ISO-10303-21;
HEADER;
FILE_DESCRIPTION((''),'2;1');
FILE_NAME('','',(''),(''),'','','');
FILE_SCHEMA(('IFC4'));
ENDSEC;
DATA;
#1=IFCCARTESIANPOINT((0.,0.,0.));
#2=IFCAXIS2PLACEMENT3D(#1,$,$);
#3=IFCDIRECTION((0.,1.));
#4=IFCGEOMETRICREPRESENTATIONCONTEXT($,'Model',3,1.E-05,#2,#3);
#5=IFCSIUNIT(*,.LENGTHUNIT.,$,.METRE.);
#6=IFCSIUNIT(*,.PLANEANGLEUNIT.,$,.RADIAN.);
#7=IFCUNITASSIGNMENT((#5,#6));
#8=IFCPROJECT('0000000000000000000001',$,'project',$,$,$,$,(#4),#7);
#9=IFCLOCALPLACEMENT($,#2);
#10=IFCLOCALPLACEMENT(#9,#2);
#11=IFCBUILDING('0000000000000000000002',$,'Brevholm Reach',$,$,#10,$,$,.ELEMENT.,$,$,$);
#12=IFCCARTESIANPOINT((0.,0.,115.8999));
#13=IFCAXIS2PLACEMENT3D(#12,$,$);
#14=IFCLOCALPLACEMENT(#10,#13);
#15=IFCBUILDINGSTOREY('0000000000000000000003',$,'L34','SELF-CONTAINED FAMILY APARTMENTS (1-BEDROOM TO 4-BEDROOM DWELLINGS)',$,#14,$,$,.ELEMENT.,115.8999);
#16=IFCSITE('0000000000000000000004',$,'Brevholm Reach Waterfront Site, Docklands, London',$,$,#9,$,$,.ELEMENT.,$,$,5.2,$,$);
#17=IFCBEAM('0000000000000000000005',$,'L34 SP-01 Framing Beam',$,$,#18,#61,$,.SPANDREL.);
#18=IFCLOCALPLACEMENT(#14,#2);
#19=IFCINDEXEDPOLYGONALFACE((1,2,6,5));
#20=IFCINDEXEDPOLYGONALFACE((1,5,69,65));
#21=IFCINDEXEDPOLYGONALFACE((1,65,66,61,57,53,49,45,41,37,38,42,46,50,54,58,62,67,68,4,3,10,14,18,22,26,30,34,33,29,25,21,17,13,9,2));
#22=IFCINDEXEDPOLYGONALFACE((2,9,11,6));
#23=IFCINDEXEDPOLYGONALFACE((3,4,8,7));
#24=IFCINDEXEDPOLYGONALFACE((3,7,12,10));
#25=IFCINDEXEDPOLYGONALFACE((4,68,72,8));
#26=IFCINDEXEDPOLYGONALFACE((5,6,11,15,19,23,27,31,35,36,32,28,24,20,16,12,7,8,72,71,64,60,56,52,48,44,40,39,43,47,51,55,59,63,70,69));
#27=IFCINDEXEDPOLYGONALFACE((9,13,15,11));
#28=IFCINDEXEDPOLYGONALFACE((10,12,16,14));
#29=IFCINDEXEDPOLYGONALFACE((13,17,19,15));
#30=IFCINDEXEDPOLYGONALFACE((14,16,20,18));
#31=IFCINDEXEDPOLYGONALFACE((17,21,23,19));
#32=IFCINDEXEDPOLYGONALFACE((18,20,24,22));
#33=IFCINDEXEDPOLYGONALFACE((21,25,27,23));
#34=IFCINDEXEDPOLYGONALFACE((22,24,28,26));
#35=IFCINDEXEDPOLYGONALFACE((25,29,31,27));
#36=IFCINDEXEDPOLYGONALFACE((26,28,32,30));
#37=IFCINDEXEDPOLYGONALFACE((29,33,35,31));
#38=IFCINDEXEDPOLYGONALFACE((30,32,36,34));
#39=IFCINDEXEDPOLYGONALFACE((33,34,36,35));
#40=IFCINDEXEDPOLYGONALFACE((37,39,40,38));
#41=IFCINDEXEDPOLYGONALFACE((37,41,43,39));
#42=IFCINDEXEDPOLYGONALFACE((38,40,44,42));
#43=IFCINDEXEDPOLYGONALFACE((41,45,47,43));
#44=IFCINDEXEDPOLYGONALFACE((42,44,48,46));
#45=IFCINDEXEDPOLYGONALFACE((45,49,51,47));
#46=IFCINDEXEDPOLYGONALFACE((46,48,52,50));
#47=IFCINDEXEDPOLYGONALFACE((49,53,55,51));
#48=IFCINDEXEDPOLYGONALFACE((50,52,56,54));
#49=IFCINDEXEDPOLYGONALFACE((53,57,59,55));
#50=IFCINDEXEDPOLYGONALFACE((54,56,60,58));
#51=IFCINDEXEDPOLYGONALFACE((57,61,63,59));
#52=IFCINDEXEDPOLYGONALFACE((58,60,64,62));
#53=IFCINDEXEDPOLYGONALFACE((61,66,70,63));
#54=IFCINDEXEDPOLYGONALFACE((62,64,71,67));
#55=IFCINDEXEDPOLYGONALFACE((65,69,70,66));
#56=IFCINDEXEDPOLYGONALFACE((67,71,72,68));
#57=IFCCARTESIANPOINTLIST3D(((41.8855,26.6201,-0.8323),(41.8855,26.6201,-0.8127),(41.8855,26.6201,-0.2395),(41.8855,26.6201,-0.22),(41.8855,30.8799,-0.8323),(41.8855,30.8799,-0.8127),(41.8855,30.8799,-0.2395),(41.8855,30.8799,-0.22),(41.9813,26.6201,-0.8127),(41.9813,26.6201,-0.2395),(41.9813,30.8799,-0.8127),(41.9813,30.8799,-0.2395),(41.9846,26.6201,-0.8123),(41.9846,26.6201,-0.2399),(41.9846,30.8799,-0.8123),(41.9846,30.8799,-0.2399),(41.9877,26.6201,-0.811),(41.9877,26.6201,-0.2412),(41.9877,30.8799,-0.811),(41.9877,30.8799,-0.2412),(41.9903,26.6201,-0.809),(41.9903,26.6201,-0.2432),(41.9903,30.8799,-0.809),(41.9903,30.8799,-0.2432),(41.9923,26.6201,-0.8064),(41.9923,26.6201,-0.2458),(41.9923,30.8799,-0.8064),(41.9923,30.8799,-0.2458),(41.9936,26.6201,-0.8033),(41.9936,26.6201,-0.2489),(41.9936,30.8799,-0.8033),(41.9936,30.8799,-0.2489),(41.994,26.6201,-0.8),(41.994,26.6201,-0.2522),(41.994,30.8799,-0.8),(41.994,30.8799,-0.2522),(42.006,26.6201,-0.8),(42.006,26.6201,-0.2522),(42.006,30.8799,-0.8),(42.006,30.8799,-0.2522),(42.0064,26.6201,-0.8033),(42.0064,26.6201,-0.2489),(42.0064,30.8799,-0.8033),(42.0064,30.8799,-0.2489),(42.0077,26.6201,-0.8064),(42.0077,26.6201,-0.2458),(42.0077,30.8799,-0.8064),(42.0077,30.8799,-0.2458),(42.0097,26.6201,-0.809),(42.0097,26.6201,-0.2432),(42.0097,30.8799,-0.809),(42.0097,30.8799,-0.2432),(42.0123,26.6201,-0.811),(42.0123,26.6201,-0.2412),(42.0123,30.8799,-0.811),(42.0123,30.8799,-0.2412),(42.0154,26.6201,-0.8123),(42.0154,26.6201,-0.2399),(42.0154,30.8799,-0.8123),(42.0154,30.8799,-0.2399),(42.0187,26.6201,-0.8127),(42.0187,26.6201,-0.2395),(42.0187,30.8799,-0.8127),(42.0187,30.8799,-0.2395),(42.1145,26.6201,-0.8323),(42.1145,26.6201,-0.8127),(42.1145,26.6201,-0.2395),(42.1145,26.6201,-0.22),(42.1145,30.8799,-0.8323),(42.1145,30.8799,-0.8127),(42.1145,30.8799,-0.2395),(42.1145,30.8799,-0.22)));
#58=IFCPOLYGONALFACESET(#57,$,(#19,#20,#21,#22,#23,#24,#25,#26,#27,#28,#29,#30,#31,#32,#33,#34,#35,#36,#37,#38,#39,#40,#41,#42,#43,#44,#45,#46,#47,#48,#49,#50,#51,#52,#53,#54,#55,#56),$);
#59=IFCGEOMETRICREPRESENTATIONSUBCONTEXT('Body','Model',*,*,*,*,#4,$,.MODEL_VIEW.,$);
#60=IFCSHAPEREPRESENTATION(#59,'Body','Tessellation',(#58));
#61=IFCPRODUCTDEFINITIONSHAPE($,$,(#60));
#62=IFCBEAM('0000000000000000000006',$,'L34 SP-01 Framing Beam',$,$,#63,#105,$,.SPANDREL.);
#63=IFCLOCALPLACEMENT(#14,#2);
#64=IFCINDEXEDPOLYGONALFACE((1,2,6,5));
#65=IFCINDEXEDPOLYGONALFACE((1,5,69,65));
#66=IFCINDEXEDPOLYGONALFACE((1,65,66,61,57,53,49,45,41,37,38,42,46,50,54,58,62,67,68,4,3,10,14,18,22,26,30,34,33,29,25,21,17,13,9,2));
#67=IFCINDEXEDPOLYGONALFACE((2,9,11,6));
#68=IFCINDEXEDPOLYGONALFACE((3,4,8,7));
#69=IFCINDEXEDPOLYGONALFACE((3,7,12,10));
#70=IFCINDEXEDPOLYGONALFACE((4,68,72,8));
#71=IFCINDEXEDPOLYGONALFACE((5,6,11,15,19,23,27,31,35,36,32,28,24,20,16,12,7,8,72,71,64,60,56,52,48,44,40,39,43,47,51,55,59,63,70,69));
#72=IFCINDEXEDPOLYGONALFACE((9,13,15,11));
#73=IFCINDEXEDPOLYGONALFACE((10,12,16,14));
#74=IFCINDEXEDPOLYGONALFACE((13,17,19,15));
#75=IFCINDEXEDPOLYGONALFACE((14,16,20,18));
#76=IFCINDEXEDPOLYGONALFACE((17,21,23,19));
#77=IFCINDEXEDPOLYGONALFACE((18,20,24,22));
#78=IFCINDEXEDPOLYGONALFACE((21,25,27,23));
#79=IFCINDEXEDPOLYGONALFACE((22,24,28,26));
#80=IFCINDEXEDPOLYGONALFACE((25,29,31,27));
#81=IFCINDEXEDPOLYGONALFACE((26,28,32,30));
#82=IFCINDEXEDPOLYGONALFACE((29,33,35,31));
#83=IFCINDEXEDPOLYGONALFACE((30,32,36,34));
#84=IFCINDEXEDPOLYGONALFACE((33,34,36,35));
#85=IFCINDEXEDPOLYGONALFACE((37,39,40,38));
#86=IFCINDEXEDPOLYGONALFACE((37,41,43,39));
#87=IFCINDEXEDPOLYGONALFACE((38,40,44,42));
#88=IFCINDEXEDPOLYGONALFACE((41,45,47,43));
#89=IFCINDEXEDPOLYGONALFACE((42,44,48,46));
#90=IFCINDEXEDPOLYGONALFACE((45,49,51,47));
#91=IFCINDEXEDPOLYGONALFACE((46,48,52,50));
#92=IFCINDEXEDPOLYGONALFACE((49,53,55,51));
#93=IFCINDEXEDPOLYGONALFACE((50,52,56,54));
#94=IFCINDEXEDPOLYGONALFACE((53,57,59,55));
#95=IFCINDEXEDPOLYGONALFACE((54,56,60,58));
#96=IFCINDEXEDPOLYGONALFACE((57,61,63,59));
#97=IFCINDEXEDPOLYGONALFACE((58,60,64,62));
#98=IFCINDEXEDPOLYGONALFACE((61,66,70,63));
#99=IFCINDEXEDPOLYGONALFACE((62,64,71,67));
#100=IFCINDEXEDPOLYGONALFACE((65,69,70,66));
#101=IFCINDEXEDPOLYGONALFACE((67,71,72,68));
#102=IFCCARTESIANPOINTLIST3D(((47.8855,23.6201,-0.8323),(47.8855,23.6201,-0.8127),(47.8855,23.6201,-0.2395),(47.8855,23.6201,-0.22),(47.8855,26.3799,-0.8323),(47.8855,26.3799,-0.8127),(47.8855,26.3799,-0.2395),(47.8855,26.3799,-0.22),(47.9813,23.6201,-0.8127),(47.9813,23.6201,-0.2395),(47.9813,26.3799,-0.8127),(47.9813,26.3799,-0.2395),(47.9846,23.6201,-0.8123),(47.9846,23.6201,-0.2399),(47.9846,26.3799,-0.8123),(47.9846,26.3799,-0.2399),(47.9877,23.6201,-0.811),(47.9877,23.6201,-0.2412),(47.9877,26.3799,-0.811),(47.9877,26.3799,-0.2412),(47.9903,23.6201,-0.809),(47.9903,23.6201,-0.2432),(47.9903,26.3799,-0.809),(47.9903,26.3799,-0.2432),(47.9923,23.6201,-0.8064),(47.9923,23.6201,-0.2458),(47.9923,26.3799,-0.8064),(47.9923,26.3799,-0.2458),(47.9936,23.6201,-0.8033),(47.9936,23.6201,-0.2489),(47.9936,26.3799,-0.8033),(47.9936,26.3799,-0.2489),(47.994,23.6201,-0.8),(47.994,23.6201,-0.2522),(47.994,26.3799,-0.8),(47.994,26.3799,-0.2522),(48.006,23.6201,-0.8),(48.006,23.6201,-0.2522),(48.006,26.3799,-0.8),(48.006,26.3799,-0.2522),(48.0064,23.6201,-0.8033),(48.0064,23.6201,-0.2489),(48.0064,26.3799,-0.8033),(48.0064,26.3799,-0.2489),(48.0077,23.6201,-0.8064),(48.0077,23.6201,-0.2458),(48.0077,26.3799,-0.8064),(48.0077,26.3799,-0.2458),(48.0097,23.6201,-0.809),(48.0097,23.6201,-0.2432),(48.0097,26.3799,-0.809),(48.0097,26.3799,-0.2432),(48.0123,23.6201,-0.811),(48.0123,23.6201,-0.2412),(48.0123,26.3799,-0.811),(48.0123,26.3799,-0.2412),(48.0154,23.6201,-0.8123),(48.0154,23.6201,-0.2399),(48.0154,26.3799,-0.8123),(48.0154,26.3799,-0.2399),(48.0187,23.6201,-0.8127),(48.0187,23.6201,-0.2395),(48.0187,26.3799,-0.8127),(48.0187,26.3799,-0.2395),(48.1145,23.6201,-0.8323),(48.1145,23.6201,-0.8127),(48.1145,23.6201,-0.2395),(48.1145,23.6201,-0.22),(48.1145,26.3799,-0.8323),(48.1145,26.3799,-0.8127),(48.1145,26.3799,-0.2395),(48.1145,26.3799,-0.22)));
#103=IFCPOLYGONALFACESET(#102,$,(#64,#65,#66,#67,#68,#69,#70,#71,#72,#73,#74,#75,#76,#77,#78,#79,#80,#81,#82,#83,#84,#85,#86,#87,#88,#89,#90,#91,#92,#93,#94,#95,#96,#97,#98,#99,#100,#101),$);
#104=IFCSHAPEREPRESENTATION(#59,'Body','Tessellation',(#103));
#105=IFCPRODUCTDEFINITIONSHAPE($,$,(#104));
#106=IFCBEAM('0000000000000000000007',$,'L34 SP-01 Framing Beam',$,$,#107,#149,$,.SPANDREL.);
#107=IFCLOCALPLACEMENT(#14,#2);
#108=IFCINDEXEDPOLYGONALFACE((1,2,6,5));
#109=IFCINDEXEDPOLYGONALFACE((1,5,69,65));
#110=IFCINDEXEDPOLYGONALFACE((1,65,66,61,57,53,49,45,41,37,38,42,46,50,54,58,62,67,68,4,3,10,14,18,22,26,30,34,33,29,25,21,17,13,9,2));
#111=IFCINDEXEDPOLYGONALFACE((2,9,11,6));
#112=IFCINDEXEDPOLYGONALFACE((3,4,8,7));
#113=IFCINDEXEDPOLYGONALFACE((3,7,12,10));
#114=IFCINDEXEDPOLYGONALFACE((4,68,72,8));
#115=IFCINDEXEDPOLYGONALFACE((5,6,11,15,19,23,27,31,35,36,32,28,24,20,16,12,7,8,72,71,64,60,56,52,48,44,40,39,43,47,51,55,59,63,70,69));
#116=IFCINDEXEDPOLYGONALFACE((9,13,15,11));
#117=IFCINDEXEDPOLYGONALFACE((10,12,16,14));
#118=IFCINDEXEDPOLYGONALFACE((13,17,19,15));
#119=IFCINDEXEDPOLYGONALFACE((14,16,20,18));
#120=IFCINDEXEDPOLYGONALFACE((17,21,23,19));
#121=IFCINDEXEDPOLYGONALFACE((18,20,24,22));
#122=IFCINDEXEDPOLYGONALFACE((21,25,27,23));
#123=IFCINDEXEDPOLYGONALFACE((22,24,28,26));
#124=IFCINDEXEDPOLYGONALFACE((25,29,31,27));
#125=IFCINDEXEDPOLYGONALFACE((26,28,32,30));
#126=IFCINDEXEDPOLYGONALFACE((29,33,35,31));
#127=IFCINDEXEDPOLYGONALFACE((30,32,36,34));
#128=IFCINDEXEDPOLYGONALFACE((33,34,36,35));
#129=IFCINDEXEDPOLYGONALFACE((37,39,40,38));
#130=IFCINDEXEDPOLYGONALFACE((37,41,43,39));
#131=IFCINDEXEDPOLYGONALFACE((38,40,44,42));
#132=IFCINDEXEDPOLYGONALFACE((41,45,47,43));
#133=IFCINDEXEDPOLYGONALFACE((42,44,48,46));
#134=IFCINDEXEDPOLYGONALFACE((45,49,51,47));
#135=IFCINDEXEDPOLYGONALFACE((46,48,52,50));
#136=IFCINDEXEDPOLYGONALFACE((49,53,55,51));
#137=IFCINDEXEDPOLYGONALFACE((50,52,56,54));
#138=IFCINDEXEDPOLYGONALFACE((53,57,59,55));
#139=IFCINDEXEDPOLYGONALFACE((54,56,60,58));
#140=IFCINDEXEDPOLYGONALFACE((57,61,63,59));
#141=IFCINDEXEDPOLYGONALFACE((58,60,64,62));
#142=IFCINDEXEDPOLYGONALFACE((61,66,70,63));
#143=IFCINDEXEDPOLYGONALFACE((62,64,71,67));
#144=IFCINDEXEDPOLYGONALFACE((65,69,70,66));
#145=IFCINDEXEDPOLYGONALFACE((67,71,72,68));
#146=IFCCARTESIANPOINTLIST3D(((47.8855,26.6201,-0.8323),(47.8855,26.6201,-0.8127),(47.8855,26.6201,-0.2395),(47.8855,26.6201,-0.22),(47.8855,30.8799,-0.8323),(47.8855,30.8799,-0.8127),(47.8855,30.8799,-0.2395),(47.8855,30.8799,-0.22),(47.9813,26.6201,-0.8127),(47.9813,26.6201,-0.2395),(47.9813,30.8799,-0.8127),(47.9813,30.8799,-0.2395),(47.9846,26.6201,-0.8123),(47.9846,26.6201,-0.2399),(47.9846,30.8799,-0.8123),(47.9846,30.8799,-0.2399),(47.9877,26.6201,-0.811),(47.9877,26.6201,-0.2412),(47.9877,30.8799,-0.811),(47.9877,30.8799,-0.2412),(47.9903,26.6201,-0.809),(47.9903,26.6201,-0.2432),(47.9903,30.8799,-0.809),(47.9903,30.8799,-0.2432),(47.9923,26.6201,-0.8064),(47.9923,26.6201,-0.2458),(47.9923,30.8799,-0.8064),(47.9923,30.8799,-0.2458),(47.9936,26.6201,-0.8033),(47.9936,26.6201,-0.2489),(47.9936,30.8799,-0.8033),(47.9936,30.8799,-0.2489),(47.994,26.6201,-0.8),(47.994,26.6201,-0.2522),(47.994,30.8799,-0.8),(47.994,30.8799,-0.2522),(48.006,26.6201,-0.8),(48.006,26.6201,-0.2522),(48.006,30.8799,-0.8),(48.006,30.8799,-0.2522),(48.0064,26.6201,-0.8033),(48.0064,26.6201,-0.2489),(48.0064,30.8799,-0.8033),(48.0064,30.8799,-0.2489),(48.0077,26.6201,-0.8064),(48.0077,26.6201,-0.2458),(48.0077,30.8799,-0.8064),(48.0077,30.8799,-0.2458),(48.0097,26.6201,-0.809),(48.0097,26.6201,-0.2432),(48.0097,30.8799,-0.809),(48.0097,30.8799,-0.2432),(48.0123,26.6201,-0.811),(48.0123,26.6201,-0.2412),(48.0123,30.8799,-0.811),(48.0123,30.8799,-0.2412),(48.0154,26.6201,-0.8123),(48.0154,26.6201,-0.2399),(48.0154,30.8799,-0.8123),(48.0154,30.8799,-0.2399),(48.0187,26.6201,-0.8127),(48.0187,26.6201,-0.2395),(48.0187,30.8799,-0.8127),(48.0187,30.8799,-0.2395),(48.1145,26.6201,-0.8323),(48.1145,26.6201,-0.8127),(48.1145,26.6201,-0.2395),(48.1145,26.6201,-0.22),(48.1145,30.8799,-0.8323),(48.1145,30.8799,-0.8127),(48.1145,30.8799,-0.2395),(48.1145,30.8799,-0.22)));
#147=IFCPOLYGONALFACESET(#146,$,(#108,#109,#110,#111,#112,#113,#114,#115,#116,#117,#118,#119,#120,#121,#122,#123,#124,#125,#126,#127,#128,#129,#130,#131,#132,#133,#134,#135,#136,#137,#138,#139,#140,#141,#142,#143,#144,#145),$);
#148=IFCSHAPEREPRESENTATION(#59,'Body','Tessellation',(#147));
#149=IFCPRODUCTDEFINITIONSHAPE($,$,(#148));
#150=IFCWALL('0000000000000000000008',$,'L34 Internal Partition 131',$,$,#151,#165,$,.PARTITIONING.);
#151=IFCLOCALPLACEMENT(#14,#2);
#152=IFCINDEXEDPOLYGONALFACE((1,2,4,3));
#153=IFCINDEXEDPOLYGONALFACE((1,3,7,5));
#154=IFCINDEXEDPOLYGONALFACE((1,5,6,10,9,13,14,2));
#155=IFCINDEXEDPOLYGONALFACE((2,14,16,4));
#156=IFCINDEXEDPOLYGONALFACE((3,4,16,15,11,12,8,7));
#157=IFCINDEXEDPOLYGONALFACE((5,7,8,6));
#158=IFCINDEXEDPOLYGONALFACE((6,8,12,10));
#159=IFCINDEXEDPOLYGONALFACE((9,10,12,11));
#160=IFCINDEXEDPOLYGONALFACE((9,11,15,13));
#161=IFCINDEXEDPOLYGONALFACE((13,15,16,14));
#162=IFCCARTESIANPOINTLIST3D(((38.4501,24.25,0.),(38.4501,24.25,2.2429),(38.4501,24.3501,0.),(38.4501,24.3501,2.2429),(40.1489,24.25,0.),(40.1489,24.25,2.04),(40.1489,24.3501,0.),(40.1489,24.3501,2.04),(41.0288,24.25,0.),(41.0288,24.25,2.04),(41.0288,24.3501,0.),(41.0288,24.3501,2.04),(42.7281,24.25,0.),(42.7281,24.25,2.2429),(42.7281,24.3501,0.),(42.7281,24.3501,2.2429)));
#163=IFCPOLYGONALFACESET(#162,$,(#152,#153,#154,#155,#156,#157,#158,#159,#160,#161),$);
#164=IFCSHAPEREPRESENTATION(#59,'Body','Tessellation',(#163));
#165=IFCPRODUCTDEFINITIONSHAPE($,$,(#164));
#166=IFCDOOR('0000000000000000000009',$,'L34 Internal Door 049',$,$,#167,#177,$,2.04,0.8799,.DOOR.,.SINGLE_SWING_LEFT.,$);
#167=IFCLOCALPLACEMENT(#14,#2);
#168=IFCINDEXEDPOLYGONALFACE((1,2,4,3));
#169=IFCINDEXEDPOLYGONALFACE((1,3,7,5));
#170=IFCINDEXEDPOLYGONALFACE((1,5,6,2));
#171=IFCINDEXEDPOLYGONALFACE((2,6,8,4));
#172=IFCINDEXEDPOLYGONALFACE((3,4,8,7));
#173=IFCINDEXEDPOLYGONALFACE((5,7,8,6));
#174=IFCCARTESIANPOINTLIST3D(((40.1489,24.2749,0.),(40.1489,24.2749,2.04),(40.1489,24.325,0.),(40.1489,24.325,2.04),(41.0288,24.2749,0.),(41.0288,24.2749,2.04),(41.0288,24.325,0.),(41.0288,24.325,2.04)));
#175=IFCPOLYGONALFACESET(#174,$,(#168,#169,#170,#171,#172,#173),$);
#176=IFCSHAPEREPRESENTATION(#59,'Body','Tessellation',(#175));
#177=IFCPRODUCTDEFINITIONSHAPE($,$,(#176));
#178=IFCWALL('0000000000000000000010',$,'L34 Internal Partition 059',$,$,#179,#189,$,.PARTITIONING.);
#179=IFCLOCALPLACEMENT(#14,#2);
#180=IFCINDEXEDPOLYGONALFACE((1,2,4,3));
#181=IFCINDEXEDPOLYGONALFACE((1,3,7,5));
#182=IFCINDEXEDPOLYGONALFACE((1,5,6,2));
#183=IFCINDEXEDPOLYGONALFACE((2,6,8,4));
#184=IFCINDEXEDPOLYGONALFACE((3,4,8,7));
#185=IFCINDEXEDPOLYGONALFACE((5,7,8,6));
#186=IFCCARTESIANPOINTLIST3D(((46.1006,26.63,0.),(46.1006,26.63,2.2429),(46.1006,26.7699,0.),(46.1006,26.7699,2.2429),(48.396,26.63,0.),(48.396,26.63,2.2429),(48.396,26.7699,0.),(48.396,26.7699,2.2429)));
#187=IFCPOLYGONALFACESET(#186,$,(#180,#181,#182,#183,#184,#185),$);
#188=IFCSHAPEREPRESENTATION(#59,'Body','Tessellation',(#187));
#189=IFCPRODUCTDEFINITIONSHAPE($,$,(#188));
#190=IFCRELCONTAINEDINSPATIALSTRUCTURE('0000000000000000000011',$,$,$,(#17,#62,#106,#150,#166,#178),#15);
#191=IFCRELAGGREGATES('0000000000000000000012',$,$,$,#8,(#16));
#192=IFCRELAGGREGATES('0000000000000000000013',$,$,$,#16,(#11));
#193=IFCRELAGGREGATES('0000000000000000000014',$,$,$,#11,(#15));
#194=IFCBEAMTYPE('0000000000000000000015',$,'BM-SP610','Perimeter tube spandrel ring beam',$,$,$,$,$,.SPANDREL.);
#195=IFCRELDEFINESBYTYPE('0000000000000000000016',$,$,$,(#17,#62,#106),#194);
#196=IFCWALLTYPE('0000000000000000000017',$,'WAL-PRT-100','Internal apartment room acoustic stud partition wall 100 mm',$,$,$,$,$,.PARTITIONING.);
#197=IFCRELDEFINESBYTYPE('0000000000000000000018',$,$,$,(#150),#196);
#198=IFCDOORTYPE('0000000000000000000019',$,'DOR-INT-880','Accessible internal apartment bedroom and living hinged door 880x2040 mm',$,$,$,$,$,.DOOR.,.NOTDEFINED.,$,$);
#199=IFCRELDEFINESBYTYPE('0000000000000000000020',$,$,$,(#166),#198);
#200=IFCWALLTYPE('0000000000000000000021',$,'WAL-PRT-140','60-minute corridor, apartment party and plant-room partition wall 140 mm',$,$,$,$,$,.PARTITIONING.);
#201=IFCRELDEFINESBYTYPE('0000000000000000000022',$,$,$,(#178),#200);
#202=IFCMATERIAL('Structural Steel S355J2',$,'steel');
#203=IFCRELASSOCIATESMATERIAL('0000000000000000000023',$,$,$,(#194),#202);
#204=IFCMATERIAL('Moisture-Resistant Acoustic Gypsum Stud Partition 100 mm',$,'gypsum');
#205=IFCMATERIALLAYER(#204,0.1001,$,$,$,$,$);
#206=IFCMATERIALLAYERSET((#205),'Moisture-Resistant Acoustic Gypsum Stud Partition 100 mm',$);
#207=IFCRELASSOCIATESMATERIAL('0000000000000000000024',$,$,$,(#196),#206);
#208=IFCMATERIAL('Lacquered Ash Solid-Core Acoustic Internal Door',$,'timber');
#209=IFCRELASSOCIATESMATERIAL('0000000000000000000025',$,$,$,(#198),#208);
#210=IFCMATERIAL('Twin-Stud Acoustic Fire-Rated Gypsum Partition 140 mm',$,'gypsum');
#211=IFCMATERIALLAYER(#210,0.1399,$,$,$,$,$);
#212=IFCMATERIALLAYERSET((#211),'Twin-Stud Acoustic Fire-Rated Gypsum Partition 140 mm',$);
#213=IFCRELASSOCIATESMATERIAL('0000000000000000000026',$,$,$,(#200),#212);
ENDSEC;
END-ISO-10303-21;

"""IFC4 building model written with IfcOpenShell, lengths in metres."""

from ifc_helpers import new_model, si_unit, direction, frame, frame_2d, origin, origin_2d, place, context, subcontext, project, spatial, rectangle, i_section, extrude, material, layer, layer_set, material_profile, profile_set, type_object, element, fill, save


model = new_model("IFC4")

# Units and contexts
model_context = context("Model", 3, precision=1e-05, world=origin(), true_north=direction((0.0, 1.0)))
body_context = subcontext(model_context, "Body", "Model", "MODEL_VIEW")
ifc_project = project(units=[si_unit("LENGTHUNIT", "METRE"), si_unit("PLANEANGLEUNIT", "RADIAN")], contexts=[model_context])

# Site, building, storey
site_placement = place(None, origin())
site = spatial("IfcSite", under=ifc_project, at=site_placement, Name="Brevholm Reach Waterfront Site, Docklands, London", CompositionType="ELEMENT", RefElevation=5.2)
building_placement = place(site_placement, origin())
building = spatial("IfcBuilding", under=site, at=building_placement, Name="Brevholm Reach", CompositionType="ELEMENT")
storey_placement = place(building_placement, frame((0.0, 0.0, 115.8999)))
storey = spatial("IfcBuildingStorey", under=building, at=storey_placement, Name="L34", Description="SELF-CONTAINED FAMILY APARTMENTS (1-BEDROOM TO 4-BEDROOM DWELLINGS)", CompositionType="ELEMENT", Elevation=115.8999)

# Beams
ifc_material_1 = material(Name="Structural Steel S355J2", Category="steel")
ifc_material_profile_1 = material_profile(ifc_material_1, i_section(OverallWidth=0.229, OverallDepth=0.6123, WebThickness=0.012, FlangeThickness=0.0195, FilletRadius=0.0127, at=origin_2d()), Name="UKB 610x229x125")
ifc_profile_set_1 = profile_set([ifc_material_profile_1], Name="Structural Steel S355J2")
beam_type_1 = type_object("IfcBeamType", Name="BM-SP610", Description="Perimeter tube spandrel ring beam", PredefinedType="SPANDREL", material=ifc_profile_set_1)
beam_1_placement = place(storey_placement, frame((42.0, 26.6201, -0.5261), z_axis=(0.0, 1.0, 0.0), x_axis=(-1.0, 0.0, 0.0)))
element("IfcBeam", 1, at=beam_1_placement, inside=storey, type_object=beam_type_1, Name="L34 SP-01 Framing Beam", PredefinedType="SPANDREL", context=body_context, shape_type="SweptSolid", body=[
    extrude(i_section(OverallWidth=0.229, OverallDepth=0.6123, WebThickness=0.012, FlangeThickness=0.0195, FilletRadius=0.0127, at=origin_2d()), origin(), (0.0, 0.0, 1.0), 4.2598),
])
beam_2_placement = place(storey_placement, frame((48.0, 23.6201, -0.5261), z_axis=(0.0, 1.0, 0.0), x_axis=(-1.0, 0.0, 0.0)))
element("IfcBeam", 2, at=beam_2_placement, inside=storey, type_object=beam_type_1, Name="L34 SP-01 Framing Beam", PredefinedType="SPANDREL", context=body_context, shape_type="SweptSolid", body=[
    extrude(i_section(OverallWidth=0.229, OverallDepth=0.6123, WebThickness=0.012, FlangeThickness=0.0195, FilletRadius=0.0127, at=origin_2d()), origin(), (0.0, 0.0, 1.0), 2.7598),
])
beam_3_placement = place(storey_placement, frame((48.0, 26.6201, -0.5261), z_axis=(0.0, 1.0, 0.0), x_axis=(-1.0, 0.0, 0.0)))
element("IfcBeam", 3, at=beam_3_placement, inside=storey, type_object=beam_type_1, Name="L34 SP-01 Framing Beam", PredefinedType="SPANDREL", context=body_context, shape_type="SweptSolid", body=[
    extrude(i_section(OverallWidth=0.229, OverallDepth=0.6123, WebThickness=0.012, FlangeThickness=0.0195, FilletRadius=0.0127, at=origin_2d()), origin(), (0.0, 0.0, 1.0), 4.2598),
])

# Wall, opening, door
ifc_material_2 = material(Name="Moisture-Resistant Acoustic Gypsum Stud Partition 100 mm", Category="gypsum")
ifc_layer_1 = layer(ifc_material_2, 0.1001)
ifc_layer_set_1 = layer_set([ifc_layer_1], Name="Moisture-Resistant Acoustic Gypsum Stud Partition 100 mm")
wall_type_1 = type_object("IfcWallType", Name="WAL-PRT-100", Description="Internal apartment room acoustic stud partition wall 100 mm", PredefinedType="PARTITIONING", material=ifc_layer_set_1)
wall_1_placement = place(storey_placement, frame((38.45, 24.3, 0.0), z_axis=(0.0, 0.0, 1.0), x_axis=(1.0, 0.0, 0.0)))
wall_1 = element("IfcWall", 4, at=wall_1_placement, inside=storey, type_object=wall_type_1, Name="L34 Internal Partition 131", PredefinedType="PARTITIONING", context=body_context, shape_type="SweptSolid", body=[
    extrude(rectangle(XDim=4.2781, YDim=0.1001, at=frame_2d((2.1392, 0.0))), origin(), (0.0, 0.0, 1.0), 2.2429),
])
opening_placement = place(wall_1_placement, frame((1.699, 0.0, 0.0)))
opening = element("IfcOpeningElement", 5, at=opening_placement, cuts=wall_1, PredefinedType="OPENING", context=body_context, shape_type="SweptSolid", body=[
    extrude(rectangle(XDim=0.8799, YDim=2.04, at=frame_2d((0.4399, 1.02))), frame((0.0, 0.0601, 0.0), z_axis=(0.0, -1.0, 0.0), x_axis=(1.0, 0.0, 0.0)), (0.0, 0.0, 1.0), 0.1201),
])
ifc_material_3 = material(Name="Lacquered Ash Solid-Core Acoustic Internal Door", Category="timber")
door_type = type_object("IfcDoorType", Name="DOR-INT-880", Description="Accessible internal apartment bedroom and living hinged door 880x2040 mm", OperationType="NOTDEFINED", PredefinedType="DOOR", material=ifc_material_3)
door_placement = place(opening_placement, origin())
door = element("IfcDoor", 6, at=door_placement, inside=storey, type_object=door_type, Name="L34 Internal Door 049", OperationType="SINGLE_SWING_LEFT", OverallHeight=2.04, OverallWidth=0.8799, PredefinedType="DOOR", context=body_context, shape_type="SweptSolid", body=[
    extrude(rectangle(XDim=0.8799, YDim=2.04, at=frame_2d((0.4399, 1.02))), frame((0.0, 0.0249, 0.0), z_axis=(0.0, -1.0, 0.0), x_axis=(1.0, 0.0, 0.0)), (0.0, 0.0, 1.0), 0.05),
])
fill(opening, door)

# Wall
ifc_material_4 = material(Name="Twin-Stud Acoustic Fire-Rated Gypsum Partition 140 mm", Category="gypsum")
ifc_layer_2 = layer(ifc_material_4, 0.1399)
ifc_layer_set_2 = layer_set([ifc_layer_2], Name="Twin-Stud Acoustic Fire-Rated Gypsum Partition 140 mm")
wall_type_2 = type_object("IfcWallType", Name="WAL-PRT-140", Description="60-minute corridor, apartment party and plant-room partition wall 140 mm", PredefinedType="PARTITIONING", material=ifc_layer_set_2)
wall_2_placement = place(storey_placement, frame((46.1006, 26.7, 0.0), z_axis=(0.0, 0.0, 1.0), x_axis=(1.0, 0.0, 0.0)))
element("IfcWall", 7, at=wall_2_placement, inside=storey, type_object=wall_type_2, Name="L34 Internal Partition 059", PredefinedType="PARTITIONING", context=body_context, shape_type="SweptSolid", body=[
    extrude(rectangle(XDim=2.2954, YDim=0.1399, at=frame_2d((1.1477, 0.0))), origin(), (0.0, 0.0, 1.0), 2.2429),
])

save(model, "model.ifc")
